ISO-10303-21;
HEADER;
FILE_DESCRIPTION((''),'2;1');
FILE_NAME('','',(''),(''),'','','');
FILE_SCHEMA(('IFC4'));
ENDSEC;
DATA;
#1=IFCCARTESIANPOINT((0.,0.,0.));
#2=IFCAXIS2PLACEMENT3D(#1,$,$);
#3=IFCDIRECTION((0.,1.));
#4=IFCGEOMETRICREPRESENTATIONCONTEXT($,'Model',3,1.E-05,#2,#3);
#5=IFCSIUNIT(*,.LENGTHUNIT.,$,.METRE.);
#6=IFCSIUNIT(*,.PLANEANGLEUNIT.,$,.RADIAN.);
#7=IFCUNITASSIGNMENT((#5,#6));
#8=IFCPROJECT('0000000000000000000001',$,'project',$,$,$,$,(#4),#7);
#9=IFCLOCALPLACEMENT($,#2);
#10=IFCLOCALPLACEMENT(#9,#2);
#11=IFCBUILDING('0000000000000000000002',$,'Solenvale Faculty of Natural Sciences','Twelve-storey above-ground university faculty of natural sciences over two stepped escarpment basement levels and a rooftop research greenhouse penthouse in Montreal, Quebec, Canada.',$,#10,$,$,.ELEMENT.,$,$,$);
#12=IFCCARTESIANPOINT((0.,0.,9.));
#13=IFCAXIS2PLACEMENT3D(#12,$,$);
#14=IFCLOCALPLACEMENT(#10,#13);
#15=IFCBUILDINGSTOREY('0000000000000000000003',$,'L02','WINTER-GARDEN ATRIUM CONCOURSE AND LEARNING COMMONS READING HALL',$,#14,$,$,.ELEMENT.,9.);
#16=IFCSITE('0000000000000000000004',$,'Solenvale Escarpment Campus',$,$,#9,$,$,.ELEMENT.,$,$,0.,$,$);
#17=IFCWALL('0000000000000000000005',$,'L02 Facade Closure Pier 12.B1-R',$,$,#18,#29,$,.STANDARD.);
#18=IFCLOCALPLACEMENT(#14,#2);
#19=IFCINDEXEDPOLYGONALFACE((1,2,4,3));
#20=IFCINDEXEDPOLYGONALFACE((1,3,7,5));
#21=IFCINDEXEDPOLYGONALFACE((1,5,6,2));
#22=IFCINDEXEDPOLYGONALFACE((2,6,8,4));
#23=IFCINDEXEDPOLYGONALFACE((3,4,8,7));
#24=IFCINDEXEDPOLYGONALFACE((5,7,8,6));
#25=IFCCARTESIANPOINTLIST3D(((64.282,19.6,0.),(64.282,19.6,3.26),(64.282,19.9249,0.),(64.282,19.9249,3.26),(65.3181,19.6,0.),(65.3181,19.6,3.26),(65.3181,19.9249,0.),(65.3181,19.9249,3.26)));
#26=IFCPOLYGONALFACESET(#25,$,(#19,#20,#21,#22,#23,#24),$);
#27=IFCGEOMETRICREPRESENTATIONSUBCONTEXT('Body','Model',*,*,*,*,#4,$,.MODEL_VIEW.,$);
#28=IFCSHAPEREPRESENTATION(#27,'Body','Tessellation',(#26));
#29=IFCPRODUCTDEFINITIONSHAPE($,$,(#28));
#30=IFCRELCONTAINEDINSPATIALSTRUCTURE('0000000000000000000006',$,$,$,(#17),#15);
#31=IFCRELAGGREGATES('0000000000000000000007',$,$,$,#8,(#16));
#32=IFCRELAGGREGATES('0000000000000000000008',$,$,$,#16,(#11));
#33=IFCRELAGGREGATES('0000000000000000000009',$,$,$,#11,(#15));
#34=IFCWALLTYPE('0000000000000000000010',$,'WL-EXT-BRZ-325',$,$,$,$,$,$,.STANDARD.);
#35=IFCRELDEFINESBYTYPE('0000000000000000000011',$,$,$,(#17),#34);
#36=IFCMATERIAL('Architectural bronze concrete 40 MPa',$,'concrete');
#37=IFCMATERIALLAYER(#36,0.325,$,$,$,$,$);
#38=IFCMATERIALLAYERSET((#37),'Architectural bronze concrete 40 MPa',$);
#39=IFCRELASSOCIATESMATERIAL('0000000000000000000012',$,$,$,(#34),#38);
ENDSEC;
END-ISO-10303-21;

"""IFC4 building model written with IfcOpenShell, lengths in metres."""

from ifc_helpers import new_model, si_unit, direction, frame, frame_2d, origin, place, context, subcontext, project, spatial, rectangle, extrude, material, layer, layer_set, type_object, element, save


model = new_model("IFC4")

# Units and contexts
model_context = context("Model", 3, precision=1e-05, world=origin(), true_north=direction((0.0, 1.0)))
body_context = subcontext(model_context, "Body", "Model", "MODEL_VIEW")
ifc_project = project(units=[si_unit("LENGTHUNIT", "METRE"), si_unit("PLANEANGLEUNIT", "RADIAN")], contexts=[model_context])

# Site, building, storey
site_placement = place(None, origin())
site = spatial("IfcSite", under=ifc_project, at=site_placement, Name="Solenvale Escarpment Campus", CompositionType="ELEMENT", RefElevation=0.0)
building_placement = place(site_placement, origin())
building = spatial("IfcBuilding", under=site, at=building_placement, Name="Solenvale Faculty of Natural Sciences", Description="Twelve-storey above-ground university faculty of natural sciences over two stepped escarpment basement levels and a rooftop research greenhouse penthouse in Montreal, Quebec, Canada.", CompositionType="ELEMENT")
storey_placement = place(building_placement, frame((0.0, 0.0, 9.0)))
storey = spatial("IfcBuildingStorey", under=building, at=storey_placement, Name="L02", Description="WINTER-GARDEN ATRIUM CONCOURSE AND LEARNING COMMONS READING HALL", CompositionType="ELEMENT", Elevation=9.0)

# Shared definitions
ifc_material_1 = material(Name="Architectural bronze concrete 40 MPa", Category="concrete")

# Wall
ifc_layer_1 = layer(ifc_material_1, 0.325)
ifc_layer_set_1 = layer_set([ifc_layer_1], Name="Architectural bronze concrete 40 MPa")
wall_type = type_object("IfcWallType", Name="WL-EXT-BRZ-325", PredefinedType="STANDARD", material=ifc_layer_set_1)
wall_placement = place(storey_placement, frame((64.282, 19.7625, 0.0), z_axis=(0.0, 0.0, 1.0), x_axis=(1.0, 0.0, 0.0)))
element("IfcWall", 1, at=wall_placement, inside=storey, type_object=wall_type, Name="L02 Facade Closure Pier 12.B1-R", PredefinedType="STANDARD", context=body_context, shape_type="SweptSolid", body=[
    extrude(rectangle(XDim=1.0361, YDim=0.325, at=frame_2d((0.5181, 0.0))), origin(), (0.0, 0.0, 1.0), 3.26),
])

save(model, "model.ifc")
